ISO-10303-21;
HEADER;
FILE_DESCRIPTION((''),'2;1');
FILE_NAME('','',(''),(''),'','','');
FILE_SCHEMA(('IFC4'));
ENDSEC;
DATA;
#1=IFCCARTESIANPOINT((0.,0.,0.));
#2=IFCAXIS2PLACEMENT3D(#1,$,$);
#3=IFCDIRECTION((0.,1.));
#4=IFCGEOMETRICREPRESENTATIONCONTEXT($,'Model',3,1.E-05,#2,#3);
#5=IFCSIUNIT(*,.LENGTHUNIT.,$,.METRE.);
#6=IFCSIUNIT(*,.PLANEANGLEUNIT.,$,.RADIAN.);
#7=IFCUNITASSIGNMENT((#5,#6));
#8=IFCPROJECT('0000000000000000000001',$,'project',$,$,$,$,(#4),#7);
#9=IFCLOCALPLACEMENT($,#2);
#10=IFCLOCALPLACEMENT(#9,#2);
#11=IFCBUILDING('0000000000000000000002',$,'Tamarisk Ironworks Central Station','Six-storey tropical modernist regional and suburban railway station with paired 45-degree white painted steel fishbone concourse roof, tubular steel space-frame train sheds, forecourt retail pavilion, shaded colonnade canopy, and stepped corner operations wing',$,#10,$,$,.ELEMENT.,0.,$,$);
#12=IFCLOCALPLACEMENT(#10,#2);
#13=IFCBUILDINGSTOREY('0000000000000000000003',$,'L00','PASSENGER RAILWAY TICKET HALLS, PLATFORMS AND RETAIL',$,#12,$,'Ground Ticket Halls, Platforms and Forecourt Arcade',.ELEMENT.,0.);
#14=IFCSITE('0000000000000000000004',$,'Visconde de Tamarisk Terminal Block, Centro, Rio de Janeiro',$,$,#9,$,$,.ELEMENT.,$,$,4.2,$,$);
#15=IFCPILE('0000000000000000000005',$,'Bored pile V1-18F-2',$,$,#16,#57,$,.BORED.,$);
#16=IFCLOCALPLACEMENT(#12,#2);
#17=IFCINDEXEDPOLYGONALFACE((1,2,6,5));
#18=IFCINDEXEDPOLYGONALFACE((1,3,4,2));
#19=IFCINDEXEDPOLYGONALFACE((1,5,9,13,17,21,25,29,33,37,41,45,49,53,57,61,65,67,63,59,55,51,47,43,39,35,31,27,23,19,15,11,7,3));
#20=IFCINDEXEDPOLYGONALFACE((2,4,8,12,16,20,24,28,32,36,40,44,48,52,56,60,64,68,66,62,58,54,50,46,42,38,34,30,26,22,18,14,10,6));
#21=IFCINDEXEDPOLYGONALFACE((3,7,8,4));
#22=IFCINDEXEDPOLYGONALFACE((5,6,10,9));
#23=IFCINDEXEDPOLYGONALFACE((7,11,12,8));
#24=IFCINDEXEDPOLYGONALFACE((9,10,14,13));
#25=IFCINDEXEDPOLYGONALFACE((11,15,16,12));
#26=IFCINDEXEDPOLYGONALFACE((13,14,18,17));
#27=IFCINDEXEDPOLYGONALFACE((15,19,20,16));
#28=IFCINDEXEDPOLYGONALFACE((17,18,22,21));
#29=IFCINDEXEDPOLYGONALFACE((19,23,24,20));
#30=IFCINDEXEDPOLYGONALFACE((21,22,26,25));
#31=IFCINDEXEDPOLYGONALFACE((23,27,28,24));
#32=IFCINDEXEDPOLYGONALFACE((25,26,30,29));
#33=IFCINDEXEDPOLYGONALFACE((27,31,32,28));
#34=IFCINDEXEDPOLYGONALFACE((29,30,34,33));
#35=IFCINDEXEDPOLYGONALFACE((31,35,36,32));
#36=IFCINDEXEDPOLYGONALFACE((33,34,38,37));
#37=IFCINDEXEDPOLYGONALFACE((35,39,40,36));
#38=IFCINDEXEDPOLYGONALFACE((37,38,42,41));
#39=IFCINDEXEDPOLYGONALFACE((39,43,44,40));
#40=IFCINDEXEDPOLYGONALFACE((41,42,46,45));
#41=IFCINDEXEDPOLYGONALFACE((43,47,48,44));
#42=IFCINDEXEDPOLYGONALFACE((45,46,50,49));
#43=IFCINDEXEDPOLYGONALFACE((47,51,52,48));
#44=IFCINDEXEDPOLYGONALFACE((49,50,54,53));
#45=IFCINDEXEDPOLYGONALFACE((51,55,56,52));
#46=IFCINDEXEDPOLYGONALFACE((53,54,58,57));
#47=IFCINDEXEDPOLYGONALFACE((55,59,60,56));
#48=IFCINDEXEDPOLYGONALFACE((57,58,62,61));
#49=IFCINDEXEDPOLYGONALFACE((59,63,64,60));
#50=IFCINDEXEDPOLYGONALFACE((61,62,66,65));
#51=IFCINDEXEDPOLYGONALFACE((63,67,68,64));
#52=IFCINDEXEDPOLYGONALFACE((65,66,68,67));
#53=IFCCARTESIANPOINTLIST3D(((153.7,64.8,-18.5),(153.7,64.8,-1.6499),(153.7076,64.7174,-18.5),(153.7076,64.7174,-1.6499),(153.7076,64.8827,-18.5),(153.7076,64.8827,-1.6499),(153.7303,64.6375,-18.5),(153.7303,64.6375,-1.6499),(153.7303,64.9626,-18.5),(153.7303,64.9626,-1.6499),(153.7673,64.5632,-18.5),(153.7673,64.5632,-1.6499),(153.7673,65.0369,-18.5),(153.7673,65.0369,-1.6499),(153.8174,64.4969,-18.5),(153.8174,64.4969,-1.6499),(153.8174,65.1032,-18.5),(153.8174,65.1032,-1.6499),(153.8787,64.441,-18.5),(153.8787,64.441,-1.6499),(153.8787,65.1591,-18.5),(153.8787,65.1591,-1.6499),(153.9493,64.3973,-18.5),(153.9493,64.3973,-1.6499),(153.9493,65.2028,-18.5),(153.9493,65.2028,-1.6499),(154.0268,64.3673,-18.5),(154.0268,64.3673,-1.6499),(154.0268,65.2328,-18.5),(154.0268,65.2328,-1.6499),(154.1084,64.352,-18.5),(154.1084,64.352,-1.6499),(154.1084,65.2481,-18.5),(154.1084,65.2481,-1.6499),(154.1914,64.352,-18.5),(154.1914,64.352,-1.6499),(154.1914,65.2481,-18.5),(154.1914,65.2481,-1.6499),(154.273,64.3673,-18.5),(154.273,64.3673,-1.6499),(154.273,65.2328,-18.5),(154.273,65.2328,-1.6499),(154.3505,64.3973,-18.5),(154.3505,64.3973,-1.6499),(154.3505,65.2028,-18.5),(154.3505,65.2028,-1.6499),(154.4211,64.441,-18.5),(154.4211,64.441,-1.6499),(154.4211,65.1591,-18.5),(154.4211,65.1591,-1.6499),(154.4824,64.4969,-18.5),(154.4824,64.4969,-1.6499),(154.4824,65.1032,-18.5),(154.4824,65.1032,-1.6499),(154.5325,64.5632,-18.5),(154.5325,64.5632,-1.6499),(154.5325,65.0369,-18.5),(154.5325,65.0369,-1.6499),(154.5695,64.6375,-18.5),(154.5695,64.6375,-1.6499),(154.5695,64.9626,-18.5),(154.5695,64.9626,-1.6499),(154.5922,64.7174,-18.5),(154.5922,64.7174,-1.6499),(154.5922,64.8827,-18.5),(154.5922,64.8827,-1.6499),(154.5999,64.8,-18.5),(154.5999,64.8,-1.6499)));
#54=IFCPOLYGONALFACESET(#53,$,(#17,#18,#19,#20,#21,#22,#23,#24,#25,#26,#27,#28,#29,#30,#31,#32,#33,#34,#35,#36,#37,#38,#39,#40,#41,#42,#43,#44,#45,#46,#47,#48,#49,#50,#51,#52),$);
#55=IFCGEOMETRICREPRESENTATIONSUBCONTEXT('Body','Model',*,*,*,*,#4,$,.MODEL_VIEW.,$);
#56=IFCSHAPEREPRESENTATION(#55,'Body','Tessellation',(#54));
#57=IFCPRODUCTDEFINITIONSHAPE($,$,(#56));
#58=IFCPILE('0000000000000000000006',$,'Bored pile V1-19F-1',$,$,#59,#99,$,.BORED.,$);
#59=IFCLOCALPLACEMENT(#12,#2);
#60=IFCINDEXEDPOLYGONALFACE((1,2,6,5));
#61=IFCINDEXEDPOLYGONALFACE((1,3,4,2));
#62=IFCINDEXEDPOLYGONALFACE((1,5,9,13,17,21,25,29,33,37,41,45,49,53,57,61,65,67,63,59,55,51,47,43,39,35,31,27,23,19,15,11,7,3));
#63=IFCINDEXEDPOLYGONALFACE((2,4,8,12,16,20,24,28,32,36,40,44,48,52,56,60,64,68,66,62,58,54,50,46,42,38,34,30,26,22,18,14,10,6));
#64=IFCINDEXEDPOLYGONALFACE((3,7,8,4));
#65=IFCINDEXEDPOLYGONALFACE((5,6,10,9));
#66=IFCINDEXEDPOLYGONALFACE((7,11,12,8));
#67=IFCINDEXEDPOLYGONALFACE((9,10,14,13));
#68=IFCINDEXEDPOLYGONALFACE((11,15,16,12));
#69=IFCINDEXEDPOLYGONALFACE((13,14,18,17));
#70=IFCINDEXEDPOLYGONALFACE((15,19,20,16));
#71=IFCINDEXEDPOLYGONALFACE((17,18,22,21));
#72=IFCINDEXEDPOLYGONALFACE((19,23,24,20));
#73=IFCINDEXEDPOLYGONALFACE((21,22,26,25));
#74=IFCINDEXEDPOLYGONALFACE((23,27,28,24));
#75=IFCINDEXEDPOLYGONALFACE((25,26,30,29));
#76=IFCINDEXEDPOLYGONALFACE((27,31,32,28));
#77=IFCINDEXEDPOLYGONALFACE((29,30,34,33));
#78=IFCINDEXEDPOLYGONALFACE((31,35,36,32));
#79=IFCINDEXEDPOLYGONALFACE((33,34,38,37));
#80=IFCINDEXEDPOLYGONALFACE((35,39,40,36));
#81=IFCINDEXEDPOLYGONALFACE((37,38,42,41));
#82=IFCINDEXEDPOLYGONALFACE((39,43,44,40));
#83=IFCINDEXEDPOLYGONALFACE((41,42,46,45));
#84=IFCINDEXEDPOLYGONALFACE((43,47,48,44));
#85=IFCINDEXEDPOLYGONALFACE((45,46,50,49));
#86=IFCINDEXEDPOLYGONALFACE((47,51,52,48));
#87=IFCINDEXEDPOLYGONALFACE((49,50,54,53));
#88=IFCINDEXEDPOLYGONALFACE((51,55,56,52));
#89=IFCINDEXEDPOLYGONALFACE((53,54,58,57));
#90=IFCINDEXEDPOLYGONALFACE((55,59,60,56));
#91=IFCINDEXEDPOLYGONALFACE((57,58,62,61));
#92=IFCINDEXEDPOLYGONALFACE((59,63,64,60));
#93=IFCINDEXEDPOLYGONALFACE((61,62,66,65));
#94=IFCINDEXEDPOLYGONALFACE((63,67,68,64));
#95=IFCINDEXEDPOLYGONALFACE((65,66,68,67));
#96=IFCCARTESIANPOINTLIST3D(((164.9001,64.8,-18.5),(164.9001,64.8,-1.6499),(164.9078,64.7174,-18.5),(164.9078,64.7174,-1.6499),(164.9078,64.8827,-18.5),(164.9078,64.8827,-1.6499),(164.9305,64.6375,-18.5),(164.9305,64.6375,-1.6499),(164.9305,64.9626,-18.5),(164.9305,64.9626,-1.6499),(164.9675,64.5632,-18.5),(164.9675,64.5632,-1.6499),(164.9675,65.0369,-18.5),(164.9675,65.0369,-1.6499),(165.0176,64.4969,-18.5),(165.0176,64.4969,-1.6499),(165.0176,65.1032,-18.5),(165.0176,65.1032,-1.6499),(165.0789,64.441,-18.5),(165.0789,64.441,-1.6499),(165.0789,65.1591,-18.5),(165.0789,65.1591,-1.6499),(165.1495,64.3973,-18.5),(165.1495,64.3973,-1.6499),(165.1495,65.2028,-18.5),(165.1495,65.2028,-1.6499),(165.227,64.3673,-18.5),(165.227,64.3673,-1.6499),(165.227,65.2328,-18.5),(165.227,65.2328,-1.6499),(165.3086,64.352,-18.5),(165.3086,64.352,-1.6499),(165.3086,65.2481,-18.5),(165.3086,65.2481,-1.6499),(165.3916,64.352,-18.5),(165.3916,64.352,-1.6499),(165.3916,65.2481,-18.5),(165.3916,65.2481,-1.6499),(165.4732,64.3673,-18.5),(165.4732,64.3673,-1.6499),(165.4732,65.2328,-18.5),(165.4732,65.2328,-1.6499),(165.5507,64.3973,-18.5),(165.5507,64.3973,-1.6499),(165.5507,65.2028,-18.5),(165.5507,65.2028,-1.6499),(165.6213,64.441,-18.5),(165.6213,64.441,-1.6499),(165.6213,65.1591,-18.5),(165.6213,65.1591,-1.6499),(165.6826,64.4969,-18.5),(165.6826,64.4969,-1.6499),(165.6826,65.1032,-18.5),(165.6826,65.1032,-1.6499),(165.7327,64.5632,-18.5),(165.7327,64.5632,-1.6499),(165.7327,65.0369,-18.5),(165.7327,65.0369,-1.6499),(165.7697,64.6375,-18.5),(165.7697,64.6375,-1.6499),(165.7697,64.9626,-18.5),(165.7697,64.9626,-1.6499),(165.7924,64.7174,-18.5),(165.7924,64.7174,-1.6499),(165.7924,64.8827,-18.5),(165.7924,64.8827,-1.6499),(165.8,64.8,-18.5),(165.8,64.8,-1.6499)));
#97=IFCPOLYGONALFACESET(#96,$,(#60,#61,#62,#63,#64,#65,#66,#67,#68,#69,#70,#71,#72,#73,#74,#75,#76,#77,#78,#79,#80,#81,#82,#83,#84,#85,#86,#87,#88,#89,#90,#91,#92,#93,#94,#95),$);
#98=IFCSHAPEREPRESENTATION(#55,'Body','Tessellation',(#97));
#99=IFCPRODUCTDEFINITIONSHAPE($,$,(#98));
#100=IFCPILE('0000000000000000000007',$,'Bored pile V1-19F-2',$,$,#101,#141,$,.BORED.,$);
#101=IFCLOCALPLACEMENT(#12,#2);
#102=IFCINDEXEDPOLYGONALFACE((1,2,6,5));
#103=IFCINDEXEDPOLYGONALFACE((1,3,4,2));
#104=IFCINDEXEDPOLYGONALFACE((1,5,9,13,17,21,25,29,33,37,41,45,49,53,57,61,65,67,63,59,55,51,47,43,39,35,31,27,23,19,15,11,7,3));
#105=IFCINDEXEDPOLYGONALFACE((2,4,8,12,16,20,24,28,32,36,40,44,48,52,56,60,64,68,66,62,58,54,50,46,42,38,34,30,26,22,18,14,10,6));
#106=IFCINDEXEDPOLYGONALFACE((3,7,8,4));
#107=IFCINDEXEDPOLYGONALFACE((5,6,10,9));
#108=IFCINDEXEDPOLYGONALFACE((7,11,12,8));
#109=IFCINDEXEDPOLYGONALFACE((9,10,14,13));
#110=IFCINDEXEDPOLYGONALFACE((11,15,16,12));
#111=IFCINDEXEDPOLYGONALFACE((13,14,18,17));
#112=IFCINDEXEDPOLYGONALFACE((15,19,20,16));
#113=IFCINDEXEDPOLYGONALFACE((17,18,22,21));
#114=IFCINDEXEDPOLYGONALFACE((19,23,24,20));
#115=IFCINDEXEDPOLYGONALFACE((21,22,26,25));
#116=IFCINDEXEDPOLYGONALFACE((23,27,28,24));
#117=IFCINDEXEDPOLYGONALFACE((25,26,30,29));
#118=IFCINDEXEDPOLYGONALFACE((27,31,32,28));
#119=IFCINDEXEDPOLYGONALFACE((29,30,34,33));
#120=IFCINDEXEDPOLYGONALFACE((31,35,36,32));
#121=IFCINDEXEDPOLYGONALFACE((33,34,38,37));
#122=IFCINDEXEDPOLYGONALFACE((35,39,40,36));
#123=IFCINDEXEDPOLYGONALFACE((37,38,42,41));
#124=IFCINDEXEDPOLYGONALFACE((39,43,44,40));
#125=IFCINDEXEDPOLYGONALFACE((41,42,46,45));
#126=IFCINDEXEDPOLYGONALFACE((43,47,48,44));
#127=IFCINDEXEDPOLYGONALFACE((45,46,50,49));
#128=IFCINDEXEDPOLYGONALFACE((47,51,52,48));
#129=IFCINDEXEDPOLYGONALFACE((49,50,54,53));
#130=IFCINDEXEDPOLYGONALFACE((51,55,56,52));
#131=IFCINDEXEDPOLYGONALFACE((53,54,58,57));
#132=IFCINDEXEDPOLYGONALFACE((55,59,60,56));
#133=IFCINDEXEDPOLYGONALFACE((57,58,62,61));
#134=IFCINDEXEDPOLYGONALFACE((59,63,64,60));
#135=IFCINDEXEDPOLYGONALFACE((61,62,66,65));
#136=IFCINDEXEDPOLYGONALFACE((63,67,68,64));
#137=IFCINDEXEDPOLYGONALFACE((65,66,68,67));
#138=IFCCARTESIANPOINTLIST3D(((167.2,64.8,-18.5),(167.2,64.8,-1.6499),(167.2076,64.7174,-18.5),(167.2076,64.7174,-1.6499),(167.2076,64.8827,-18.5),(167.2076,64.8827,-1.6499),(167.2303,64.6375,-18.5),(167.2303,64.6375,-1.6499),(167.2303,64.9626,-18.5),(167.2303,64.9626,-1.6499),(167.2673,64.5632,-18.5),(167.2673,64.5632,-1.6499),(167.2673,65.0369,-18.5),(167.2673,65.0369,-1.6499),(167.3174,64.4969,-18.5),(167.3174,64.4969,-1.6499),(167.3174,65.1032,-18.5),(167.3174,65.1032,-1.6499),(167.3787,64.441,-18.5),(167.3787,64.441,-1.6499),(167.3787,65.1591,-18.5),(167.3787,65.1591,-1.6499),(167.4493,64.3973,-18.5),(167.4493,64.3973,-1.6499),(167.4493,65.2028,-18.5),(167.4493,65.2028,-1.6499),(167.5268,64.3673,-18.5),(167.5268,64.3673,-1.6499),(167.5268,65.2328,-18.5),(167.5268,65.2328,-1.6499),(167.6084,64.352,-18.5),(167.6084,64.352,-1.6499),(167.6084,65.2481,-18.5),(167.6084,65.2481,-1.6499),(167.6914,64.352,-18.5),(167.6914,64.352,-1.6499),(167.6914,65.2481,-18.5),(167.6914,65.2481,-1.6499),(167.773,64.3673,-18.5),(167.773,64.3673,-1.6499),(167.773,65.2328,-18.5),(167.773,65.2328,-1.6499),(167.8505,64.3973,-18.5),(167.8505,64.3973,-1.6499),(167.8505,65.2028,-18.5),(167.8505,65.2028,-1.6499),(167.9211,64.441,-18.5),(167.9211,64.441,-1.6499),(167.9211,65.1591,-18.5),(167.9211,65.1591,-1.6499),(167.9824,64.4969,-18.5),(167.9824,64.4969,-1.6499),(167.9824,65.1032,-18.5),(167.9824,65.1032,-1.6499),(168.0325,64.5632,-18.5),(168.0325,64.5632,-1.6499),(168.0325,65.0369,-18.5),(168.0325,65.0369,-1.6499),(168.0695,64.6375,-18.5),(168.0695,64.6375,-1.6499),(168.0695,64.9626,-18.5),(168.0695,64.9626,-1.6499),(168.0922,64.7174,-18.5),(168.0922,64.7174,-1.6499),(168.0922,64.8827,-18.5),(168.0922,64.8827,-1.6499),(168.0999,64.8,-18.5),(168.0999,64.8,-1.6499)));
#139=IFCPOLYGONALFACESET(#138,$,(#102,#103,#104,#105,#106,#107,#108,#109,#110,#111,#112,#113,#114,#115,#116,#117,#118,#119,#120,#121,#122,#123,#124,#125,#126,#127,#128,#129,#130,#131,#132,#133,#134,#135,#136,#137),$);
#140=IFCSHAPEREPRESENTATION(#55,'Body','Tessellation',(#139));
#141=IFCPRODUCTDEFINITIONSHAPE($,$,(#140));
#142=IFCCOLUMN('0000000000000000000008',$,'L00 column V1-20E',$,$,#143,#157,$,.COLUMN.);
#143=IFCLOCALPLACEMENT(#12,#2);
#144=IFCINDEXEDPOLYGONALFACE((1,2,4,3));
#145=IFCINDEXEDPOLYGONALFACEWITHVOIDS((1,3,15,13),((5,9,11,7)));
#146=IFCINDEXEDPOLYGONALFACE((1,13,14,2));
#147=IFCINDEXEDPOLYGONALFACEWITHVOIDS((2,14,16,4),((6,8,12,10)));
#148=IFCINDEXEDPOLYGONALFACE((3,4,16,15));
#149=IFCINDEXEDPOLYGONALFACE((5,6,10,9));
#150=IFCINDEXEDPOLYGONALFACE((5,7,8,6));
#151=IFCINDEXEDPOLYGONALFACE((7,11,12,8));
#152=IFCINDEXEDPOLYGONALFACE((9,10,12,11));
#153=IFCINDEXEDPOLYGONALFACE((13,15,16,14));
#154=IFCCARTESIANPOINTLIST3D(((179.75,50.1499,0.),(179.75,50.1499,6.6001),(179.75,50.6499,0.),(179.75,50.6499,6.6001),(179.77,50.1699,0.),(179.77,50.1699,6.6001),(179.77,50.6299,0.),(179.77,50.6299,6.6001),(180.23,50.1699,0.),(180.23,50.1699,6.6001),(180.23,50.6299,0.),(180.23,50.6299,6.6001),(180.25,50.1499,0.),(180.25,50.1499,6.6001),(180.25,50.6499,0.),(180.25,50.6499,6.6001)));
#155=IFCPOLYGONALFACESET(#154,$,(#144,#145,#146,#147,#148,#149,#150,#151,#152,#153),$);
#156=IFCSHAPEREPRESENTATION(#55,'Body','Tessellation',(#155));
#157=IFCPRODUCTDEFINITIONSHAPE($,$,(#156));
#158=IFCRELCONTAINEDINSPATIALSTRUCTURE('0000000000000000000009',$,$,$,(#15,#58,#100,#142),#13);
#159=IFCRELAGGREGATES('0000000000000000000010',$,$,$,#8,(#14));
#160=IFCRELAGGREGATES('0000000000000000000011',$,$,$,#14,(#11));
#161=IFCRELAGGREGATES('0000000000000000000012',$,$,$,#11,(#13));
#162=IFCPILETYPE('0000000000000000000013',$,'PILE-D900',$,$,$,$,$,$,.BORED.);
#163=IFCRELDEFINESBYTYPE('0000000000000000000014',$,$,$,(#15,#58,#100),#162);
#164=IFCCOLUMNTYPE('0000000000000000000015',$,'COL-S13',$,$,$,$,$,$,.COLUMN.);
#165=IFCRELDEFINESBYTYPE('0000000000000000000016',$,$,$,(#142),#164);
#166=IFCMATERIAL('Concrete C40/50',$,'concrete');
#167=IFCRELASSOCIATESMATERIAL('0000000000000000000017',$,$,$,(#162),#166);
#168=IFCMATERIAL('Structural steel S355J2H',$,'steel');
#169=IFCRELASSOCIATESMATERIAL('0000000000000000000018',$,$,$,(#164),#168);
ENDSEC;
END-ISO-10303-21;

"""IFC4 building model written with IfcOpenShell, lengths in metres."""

from ifc_helpers import new_model, si_unit, direction, frame, origin, origin_2d, place, context, subcontext, project, spatial, hollow_rectangle, circle, extrude, material, material_profile, profile_set, type_object, element, save


model = new_model("IFC4")

# Units and contexts
model_context = context("Model", 3, precision=1e-05, world=origin(), true_north=direction((0.0, 1.0)))
body_context = subcontext(model_context, "Body", "Model", "MODEL_VIEW")
ifc_project = project(units=[si_unit("LENGTHUNIT", "METRE"), si_unit("PLANEANGLEUNIT", "RADIAN")], contexts=[model_context])

# Site, building, storey
site_placement = place(None, origin())
site = spatial("IfcSite", under=ifc_project, at=site_placement, Name="Visconde de Tamarisk Terminal Block, Centro, Rio de Janeiro", CompositionType="ELEMENT", RefElevation=4.2)
building_placement = place(site_placement, origin())
building = spatial("IfcBuilding", under=site, at=building_placement, Name="Tamarisk Ironworks Central Station", Description="Six-storey tropical modernist regional and suburban railway station with paired 45-degree white painted steel fishbone concourse roof, tubular steel space-frame train sheds, forecourt retail pavilion, shaded colonnade canopy, and stepped corner operations wing", CompositionType="ELEMENT", ElevationOfRefHeight=0.0)
storey_placement = place(building_placement, origin())
storey = spatial("IfcBuildingStorey", under=building, at=storey_placement, Name="L00", Description="PASSENGER RAILWAY TICKET HALLS, PLATFORMS AND RETAIL", LongName="Ground Ticket Halls, Platforms and Forecourt Arcade", CompositionType="ELEMENT", Elevation=0.0)

# Shared definitions
ifc_material_1 = material(Name="Concrete C40/50", Category="concrete")

# Piles
ifc_material_profile_1 = material_profile(ifc_material_1, circle(Radius=0.45, at=origin_2d()), Name="BORED PILE D900")
ifc_profile_set_1 = profile_set([ifc_material_profile_1], Name="Concrete C40/50")
pile_type_1 = type_object("IfcPileType", Name="PILE-D900", PredefinedType="BORED", material=ifc_profile_set_1)
for number, where, z_axis, x_axis, name in (
    (1, (154.1499, 64.8, -1.6499), (0.0, 0.0, -1.0), (1.0, 0.0, 0.0), "Bored pile V1-18F-2"),
    (2, (165.3501, 64.8, -1.6499), (0.0, 0.0, -1.0), (1.0, 0.0, 0.0), "Bored pile V1-19F-1"),
    (3, (167.6499, 64.8, -1.6499), (0.0, 0.0, -1.0), (1.0, 0.0, 0.0), "Bored pile V1-19F-2"),
):
    element("IfcPile", number, at=place(storey_placement, frame(where, z_axis=z_axis, x_axis=x_axis)), inside=storey, type_object=pile_type_1, Name=name, PredefinedType="BORED", context=body_context, shape_type="SweptSolid", body=[
        extrude(circle(Radius=0.45, at=origin_2d()), origin(), (0.0, 0.0, 1.0), 16.8501),
    ])

# Column
ifc_material_2 = material(Name="Structural steel S355J2H", Category="steel")
ifc_material_profile_2 = material_profile(ifc_material_2, hollow_rectangle(XDim=0.5, YDim=0.5, WallThickness=0.02, at=origin_2d()), Name="SHS 500x500x20")
ifc_profile_set_2 = profile_set([ifc_material_profile_2], Name="Structural steel S355J2H")
column_type_1 = type_object("IfcColumnType", Name="COL-S13", PredefinedType="COLUMN", material=ifc_profile_set_2)
column_placement = place(storey_placement, frame((180.0, 50.3999, 0.0), z_axis=(0.0, 0.0, 1.0), x_axis=(1.0, 0.0, 0.0)))
element("IfcColumn", 4, at=column_placement, inside=storey, type_object=column_type_1, Name="L00 column V1-20E", PredefinedType="COLUMN", context=body_context, shape_type="SweptSolid", body=[
    extrude(hollow_rectangle(XDim=0.5, YDim=0.5, WallThickness=0.02, at=origin_2d()), origin(), (0.0, 0.0, 1.0), 6.6001),
])

save(model, "model.ifc")
